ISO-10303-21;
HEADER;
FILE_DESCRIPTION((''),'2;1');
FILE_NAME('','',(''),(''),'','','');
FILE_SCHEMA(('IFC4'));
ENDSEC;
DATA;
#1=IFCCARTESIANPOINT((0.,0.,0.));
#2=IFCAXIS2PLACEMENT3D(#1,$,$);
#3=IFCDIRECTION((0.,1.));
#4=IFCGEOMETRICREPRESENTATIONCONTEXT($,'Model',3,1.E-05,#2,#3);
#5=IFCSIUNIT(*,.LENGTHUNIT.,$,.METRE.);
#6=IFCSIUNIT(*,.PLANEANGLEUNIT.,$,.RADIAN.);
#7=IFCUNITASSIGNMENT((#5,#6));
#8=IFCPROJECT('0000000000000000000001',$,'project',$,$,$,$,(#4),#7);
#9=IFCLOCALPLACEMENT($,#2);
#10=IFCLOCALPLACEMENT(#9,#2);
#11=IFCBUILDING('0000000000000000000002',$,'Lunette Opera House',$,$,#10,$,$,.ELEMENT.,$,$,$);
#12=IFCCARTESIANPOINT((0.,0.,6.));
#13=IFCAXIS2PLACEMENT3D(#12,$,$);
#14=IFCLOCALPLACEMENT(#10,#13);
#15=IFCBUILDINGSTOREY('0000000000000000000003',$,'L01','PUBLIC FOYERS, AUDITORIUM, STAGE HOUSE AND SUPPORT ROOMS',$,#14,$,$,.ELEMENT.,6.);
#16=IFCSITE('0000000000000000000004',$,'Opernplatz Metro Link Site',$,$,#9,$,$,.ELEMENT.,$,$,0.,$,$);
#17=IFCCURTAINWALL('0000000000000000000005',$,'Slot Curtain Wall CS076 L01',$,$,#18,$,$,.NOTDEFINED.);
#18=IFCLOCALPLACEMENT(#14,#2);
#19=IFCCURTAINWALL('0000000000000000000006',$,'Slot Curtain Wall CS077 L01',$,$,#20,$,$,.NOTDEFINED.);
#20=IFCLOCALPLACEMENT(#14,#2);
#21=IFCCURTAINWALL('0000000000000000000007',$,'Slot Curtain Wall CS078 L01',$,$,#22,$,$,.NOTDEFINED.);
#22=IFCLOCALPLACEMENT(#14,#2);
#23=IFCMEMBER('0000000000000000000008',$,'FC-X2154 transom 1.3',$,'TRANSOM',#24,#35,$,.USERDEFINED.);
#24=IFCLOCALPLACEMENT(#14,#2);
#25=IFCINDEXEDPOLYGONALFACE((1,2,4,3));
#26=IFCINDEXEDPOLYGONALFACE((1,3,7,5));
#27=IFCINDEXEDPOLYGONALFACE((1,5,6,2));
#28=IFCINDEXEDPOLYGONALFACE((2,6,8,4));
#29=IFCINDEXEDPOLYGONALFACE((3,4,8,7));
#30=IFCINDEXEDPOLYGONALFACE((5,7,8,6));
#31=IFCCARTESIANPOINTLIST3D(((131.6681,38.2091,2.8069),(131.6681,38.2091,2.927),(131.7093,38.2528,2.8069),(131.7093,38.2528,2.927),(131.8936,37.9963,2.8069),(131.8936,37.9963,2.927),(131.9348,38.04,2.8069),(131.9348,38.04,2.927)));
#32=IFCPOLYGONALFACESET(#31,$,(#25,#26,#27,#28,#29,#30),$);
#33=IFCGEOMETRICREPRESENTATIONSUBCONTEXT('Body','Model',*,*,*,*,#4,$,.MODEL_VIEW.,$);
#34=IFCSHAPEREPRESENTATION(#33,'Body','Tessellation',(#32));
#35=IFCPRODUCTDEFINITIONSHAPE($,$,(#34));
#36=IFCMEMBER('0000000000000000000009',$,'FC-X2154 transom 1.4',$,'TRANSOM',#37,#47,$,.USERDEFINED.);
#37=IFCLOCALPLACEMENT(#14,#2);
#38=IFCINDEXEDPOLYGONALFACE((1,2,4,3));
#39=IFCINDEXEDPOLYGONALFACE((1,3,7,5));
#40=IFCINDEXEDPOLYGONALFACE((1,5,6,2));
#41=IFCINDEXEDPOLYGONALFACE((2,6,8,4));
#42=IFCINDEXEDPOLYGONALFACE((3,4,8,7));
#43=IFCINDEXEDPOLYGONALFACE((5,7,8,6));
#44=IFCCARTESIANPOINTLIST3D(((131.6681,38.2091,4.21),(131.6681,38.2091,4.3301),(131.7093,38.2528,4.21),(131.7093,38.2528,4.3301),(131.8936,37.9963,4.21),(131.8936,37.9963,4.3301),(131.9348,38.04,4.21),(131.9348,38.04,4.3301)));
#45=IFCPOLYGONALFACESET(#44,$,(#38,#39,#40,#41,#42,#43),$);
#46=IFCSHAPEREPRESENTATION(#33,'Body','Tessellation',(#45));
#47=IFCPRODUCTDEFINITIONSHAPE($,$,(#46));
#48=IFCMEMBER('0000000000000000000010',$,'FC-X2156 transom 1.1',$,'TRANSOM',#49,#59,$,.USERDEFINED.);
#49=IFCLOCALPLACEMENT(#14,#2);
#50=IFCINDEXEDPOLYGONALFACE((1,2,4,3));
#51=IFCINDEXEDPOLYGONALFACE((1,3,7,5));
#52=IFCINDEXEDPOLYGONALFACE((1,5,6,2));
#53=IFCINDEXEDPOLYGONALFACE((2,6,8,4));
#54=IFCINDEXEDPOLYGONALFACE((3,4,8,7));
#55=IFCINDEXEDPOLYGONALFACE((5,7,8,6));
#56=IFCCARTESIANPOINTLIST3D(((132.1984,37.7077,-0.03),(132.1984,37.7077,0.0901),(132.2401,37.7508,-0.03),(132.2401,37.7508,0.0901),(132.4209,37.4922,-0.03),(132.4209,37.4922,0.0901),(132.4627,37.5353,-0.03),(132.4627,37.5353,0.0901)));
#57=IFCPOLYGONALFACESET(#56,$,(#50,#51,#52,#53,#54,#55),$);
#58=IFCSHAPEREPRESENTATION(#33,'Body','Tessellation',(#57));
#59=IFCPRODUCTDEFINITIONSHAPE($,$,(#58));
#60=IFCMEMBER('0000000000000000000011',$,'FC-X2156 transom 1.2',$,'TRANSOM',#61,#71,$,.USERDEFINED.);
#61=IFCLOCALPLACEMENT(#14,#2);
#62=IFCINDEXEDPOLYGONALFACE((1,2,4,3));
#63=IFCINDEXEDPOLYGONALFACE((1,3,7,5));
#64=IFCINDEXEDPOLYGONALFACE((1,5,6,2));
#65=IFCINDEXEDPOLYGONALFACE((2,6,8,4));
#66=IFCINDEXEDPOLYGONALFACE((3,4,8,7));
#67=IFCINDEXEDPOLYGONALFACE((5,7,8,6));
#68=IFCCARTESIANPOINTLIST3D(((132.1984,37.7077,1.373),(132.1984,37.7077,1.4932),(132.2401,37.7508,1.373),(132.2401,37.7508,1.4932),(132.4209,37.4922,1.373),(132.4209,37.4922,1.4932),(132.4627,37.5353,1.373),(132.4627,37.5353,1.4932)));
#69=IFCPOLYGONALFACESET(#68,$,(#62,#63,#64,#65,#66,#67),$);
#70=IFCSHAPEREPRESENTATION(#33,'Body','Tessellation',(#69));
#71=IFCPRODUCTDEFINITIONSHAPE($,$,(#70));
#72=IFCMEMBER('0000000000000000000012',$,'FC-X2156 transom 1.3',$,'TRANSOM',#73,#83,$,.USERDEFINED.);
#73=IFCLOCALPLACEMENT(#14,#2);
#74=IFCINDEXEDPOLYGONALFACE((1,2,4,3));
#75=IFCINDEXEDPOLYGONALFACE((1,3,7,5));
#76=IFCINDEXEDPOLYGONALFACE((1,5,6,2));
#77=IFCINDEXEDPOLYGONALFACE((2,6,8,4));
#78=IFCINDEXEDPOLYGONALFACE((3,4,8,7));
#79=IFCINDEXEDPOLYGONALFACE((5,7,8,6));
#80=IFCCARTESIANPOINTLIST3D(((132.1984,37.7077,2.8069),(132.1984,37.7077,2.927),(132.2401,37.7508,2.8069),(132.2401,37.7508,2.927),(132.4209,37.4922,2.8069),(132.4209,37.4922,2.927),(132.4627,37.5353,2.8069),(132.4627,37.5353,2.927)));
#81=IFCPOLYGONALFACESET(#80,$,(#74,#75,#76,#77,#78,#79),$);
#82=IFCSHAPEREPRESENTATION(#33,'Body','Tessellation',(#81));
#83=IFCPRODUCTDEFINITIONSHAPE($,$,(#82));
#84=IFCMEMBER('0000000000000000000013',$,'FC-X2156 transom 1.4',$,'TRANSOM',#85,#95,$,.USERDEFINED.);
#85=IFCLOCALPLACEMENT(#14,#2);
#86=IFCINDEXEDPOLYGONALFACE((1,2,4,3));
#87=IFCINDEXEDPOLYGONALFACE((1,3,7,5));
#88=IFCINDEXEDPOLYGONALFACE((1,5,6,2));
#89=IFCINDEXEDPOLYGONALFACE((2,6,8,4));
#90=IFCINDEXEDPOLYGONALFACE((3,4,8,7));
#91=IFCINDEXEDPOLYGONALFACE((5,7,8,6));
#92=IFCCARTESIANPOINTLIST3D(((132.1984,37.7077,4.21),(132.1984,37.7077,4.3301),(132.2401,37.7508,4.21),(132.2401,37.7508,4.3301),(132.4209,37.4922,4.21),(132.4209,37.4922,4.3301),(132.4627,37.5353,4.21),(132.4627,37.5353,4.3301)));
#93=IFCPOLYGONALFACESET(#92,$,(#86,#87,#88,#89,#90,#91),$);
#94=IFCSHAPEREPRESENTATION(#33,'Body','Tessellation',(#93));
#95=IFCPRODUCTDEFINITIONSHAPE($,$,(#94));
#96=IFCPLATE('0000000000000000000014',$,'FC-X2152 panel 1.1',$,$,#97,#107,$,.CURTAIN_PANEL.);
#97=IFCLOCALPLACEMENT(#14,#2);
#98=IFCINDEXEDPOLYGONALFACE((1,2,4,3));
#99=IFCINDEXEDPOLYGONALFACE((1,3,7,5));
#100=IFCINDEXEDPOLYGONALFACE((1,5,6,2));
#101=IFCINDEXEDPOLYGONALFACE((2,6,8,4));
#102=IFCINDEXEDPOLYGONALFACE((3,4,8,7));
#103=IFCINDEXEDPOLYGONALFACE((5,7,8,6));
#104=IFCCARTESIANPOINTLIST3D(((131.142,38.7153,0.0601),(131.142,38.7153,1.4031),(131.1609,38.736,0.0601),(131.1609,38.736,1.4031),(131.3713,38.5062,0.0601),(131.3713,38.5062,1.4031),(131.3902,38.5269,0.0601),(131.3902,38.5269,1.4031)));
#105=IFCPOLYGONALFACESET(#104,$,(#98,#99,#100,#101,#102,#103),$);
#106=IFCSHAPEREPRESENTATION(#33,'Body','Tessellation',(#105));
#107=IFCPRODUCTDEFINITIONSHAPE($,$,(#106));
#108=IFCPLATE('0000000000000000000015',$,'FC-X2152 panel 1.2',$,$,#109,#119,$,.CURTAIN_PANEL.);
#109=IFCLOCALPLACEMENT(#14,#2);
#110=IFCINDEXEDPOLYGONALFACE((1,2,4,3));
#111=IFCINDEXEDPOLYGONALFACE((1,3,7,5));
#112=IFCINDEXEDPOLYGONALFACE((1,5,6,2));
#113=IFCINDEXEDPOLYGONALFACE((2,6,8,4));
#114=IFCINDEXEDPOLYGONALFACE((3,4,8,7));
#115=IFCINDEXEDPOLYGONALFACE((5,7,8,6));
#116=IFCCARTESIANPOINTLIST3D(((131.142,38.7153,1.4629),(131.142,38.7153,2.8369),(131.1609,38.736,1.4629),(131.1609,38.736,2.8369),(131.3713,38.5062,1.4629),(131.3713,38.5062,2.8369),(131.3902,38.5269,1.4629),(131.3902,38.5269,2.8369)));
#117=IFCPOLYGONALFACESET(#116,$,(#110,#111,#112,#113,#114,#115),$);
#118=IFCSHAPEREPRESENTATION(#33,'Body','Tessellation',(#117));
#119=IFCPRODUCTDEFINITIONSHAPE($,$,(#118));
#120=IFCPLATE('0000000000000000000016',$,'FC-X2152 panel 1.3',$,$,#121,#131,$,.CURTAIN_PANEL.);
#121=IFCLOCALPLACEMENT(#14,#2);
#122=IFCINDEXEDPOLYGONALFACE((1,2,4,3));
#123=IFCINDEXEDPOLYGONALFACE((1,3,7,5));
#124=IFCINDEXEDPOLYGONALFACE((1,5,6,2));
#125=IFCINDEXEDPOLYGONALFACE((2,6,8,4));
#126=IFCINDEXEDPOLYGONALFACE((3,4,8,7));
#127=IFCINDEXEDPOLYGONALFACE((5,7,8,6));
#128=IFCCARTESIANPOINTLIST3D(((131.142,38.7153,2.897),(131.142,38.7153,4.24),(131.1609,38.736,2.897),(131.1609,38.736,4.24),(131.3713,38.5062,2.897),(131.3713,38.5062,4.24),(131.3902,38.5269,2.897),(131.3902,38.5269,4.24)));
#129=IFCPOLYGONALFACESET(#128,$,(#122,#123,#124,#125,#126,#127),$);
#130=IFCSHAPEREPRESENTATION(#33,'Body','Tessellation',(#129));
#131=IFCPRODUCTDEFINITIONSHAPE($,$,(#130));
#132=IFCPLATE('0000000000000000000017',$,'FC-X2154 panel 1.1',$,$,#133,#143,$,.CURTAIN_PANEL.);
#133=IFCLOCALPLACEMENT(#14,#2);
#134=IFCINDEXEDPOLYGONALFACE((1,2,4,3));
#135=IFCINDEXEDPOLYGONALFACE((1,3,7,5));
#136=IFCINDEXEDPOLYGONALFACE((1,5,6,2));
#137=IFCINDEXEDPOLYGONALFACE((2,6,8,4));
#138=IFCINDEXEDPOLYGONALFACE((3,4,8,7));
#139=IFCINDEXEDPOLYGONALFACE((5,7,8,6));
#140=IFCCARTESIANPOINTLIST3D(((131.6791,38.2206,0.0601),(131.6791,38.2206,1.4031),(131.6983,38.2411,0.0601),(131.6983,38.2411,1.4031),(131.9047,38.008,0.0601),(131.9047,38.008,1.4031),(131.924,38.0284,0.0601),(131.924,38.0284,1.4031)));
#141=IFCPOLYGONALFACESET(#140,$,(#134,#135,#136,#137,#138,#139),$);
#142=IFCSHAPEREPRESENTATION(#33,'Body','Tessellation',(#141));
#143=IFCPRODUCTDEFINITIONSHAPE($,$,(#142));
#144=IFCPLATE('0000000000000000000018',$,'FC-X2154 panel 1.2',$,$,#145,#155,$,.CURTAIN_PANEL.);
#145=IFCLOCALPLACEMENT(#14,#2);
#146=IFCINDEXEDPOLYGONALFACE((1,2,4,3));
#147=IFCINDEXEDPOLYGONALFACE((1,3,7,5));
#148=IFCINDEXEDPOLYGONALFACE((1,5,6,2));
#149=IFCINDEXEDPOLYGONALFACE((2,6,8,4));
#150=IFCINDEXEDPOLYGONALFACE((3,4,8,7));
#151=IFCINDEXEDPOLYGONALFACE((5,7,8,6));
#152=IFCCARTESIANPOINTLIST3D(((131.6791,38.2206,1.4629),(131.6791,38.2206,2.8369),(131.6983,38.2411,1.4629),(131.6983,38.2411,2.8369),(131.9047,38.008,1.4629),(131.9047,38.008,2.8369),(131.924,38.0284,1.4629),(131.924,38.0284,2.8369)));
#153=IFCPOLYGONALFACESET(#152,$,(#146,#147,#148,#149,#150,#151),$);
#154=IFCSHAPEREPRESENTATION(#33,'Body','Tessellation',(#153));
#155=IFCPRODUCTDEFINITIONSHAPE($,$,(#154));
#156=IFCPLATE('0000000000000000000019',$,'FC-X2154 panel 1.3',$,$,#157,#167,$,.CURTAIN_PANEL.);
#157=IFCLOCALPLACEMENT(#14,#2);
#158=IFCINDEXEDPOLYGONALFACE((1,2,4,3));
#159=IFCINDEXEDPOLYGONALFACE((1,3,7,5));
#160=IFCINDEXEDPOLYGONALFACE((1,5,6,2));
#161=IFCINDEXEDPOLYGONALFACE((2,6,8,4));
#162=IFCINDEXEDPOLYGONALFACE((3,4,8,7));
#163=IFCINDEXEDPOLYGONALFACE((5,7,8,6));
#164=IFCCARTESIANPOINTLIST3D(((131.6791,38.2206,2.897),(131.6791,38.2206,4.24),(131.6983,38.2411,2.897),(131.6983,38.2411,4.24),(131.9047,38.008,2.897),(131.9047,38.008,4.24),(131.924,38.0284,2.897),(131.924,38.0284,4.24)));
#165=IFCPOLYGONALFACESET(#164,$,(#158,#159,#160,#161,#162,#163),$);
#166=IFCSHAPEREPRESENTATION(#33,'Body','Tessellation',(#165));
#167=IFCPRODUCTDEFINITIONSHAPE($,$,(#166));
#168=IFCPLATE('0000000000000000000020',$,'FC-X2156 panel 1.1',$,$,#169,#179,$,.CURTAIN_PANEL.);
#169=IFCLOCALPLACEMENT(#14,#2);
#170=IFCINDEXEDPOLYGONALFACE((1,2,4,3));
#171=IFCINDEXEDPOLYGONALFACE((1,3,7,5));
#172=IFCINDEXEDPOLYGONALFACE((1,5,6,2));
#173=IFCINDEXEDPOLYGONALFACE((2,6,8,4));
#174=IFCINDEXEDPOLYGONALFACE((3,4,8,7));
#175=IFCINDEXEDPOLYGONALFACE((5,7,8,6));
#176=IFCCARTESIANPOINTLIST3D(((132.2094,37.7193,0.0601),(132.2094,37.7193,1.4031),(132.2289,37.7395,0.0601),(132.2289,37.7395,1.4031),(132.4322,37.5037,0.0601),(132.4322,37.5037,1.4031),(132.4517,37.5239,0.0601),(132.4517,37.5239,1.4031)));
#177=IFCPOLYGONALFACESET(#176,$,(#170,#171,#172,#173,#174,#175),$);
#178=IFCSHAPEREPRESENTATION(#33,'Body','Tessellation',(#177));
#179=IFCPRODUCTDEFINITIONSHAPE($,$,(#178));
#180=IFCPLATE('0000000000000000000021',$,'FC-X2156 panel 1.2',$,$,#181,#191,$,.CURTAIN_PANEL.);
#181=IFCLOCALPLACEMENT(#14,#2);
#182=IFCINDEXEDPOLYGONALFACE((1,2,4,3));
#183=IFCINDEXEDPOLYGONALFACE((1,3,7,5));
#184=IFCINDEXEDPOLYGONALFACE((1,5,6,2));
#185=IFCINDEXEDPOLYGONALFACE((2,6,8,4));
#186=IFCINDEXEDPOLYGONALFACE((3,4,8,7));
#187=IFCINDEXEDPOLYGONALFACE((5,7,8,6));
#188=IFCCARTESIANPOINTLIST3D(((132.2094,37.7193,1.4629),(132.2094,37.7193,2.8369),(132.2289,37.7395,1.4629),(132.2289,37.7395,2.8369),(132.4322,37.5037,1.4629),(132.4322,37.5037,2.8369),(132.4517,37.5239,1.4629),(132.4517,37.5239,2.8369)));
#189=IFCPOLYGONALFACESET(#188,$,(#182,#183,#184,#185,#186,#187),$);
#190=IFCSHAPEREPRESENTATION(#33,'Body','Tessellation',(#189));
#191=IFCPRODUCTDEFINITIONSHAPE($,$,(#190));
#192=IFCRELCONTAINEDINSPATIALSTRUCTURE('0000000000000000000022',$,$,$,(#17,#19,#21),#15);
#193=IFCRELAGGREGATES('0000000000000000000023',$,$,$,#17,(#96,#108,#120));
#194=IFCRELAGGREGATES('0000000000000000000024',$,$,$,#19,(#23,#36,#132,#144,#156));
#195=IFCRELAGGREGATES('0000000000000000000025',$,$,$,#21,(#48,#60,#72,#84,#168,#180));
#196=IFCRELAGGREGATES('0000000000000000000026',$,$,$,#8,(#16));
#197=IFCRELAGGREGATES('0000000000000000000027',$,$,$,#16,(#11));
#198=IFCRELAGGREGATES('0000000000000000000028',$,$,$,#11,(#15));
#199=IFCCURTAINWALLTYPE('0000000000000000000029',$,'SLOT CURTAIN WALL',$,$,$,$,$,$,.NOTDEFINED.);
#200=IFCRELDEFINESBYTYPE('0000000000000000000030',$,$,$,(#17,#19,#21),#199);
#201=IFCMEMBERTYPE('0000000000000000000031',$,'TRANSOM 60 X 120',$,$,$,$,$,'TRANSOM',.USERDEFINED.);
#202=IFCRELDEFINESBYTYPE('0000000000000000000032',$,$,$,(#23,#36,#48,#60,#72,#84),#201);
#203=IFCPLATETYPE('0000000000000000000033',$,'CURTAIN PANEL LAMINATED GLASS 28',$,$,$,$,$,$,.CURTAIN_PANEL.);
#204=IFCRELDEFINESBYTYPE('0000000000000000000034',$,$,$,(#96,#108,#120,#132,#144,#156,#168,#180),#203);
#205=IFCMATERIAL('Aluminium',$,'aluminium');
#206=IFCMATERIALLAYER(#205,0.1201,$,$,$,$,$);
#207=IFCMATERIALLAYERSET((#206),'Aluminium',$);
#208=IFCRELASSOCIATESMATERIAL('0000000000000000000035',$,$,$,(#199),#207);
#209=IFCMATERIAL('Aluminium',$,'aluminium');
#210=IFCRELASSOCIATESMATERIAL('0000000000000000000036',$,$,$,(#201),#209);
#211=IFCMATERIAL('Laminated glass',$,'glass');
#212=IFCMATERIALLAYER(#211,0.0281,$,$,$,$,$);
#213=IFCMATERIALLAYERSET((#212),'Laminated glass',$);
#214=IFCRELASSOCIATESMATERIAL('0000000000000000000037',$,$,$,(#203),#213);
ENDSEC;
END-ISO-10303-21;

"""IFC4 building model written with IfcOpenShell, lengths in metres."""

from ifc_helpers import new_model, si_unit, direction, frame, origin, origin_2d, place, context, subcontext, project, spatial, rectangle, extrude, material, layer, layer_set, material_profile, profile_set, type_object, element, aggregate, save


model = new_model("IFC4")

# Units and contexts
model_context = context("Model", 3, precision=1e-05, world=origin(), true_north=direction((0.0, 1.0)))
body_context = subcontext(model_context, "Body", "Model", "MODEL_VIEW")
ifc_project = project(units=[si_unit("LENGTHUNIT", "METRE"), si_unit("PLANEANGLEUNIT", "RADIAN")], contexts=[model_context])

# Site, building, storey
site_placement = place(None, origin())
site = spatial("IfcSite", under=ifc_project, at=site_placement, Name="Opernplatz Metro Link Site", CompositionType="ELEMENT", RefElevation=0.0)
building_placement = place(site_placement, origin())
building = spatial("IfcBuilding", under=site, at=building_placement, Name="Lunette Opera House", CompositionType="ELEMENT")
storey_placement = place(building_placement, frame((0.0, 0.0, 6.0)))
storey = spatial("IfcBuildingStorey", under=building, at=storey_placement, Name="L01", Description="PUBLIC FOYERS, AUDITORIUM, STAGE HOUSE AND SUPPORT ROOMS", CompositionType="ELEMENT", Elevation=6.0)

# Curtain walls
ifc_material_1 = material(Name="Aluminium", Category="aluminium")
ifc_layer_1 = layer(ifc_material_1, 0.1201)
ifc_layer_set_1 = layer_set([ifc_layer_1], Name="Aluminium")
curtain_wall_type = type_object("IfcCurtainWallType", Name="SLOT CURTAIN WALL", PredefinedType="NOTDEFINED", material=ifc_layer_set_1)
curtain_wall_1_placement = place(storey_placement, origin())
curtain_wall_1 = element("IfcCurtainWall", 1, at=curtain_wall_1_placement, inside=storey, type_object=curtain_wall_type, Name="Slot Curtain Wall CS076 L01", PredefinedType="NOTDEFINED")
curtain_wall_2_placement = place(storey_placement, origin())
curtain_wall_2 = element("IfcCurtainWall", 2, at=curtain_wall_2_placement, inside=storey, type_object=curtain_wall_type, Name="Slot Curtain Wall CS077 L01", PredefinedType="NOTDEFINED")

# Curtain wall
curtain_wall_3_placement = place(storey_placement, origin())
curtain_wall_3 = element("IfcCurtainWall", 3, at=curtain_wall_3_placement, inside=storey, type_object=curtain_wall_type, Name="Slot Curtain Wall CS078 L01", PredefinedType="NOTDEFINED")

# Members
ifc_material_2 = material(Name="Aluminium", Category="aluminium")
ifc_material_profile_1 = material_profile(ifc_material_2, rectangle(XDim=0.0601, YDim=0.1201, at=origin_2d()), Name="TRANSOM 60 X 120")
ifc_profile_set_1 = profile_set([ifc_material_profile_1], Name="Aluminium")
member_type_1 = type_object("IfcMemberType", Name="TRANSOM 60 X 120", ElementType="TRANSOM", PredefinedType="USERDEFINED", material=ifc_profile_set_1)
member_1_placement = place(storey_placement, frame((131.6887, 38.231, 2.8669), z_axis=(0.727275, -0.686346, 0.0), x_axis=(0.686346, 0.727275, 0.0)))
member_1 = element("IfcMember", 4, at=member_1_placement, type_object=member_type_1, Name="FC-X2154 transom 1.3", ObjectType="TRANSOM", PredefinedType="USERDEFINED", context=body_context, shape_type="SweptSolid", body=[
    extrude(rectangle(XDim=0.0601, YDim=0.1201, at=origin_2d()), origin(), (0.0, 0.0, 1.0), 0.3101),
])
member_2_placement = place(storey_placement, frame((131.6887, 38.231, 4.27), z_axis=(0.727275, -0.686346, 0.0), x_axis=(0.686346, 0.727275, 0.0)))
member_2 = element("IfcMember", 5, at=member_2_placement, type_object=member_type_1, Name="FC-X2154 transom 1.4", ObjectType="TRANSOM", PredefinedType="USERDEFINED", context=body_context, shape_type="SweptSolid", body=[
    extrude(rectangle(XDim=0.0601, YDim=0.1201, at=origin_2d()), origin(), (0.0, 0.0, 1.0), 0.3101),
])
member_3_placement = place(storey_placement, frame((132.2192, 37.7292, 0.03), z_axis=(0.718437, -0.695592, 0.0), x_axis=(0.695592, 0.718437, 0.0)))
member_3 = element("IfcMember", 6, at=member_3_placement, type_object=member_type_1, Name="FC-X2156 transom 1.1", ObjectType="TRANSOM", PredefinedType="USERDEFINED", context=body_context, shape_type="SweptSolid", body=[
    extrude(rectangle(XDim=0.0601, YDim=0.1201, at=origin_2d()), origin(), (0.0, 0.0, 1.0), 0.3098),
])
member_4_placement = place(storey_placement, frame((132.2192, 37.7292, 1.4331), z_axis=(0.718437, -0.695592, 0.0), x_axis=(0.695592, 0.718437, 0.0)))
member_4 = element("IfcMember", 7, at=member_4_placement, type_object=member_type_1, Name="FC-X2156 transom 1.2", ObjectType="TRANSOM", PredefinedType="USERDEFINED", context=body_context, shape_type="SweptSolid", body=[
    extrude(rectangle(XDim=0.0601, YDim=0.1201, at=origin_2d()), origin(), (0.0, 0.0, 1.0), 0.3098),
])
member_5_placement = place(storey_placement, frame((132.2192, 37.7292, 2.8669), z_axis=(0.718437, -0.695592, 0.0), x_axis=(0.695592, 0.718437, 0.0)))
member_5 = element("IfcMember", 8, at=member_5_placement, type_object=member_type_1, Name="FC-X2156 transom 1.3", ObjectType="TRANSOM", PredefinedType="USERDEFINED", context=body_context, shape_type="SweptSolid", body=[
    extrude(rectangle(XDim=0.0601, YDim=0.1201, at=origin_2d()), origin(), (0.0, 0.0, 1.0), 0.3098),
])
member_6_placement = place(storey_placement, frame((132.2192, 37.7292, 4.27), z_axis=(0.718437, -0.695592, 0.0), x_axis=(0.695592, 0.718437, 0.0)))
member_6 = element("IfcMember", 9, at=member_6_placement, type_object=member_type_1, Name="FC-X2156 transom 1.4", ObjectType="TRANSOM", PredefinedType="USERDEFINED", context=body_context, shape_type="SweptSolid", body=[
    extrude(rectangle(XDim=0.0601, YDim=0.1201, at=origin_2d()), origin(), (0.0, 0.0, 1.0), 0.3098),
])

# Plates
ifc_material_3 = material(Name="Laminated glass", Category="glass")
ifc_layer_2 = layer(ifc_material_3, 0.0281)
ifc_layer_set_2 = layer_set([ifc_layer_2], Name="Laminated glass")
plate_type = type_object("IfcPlateType", Name="CURTAIN PANEL LAMINATED GLASS 28", PredefinedType="CURTAIN_PANEL", material=ifc_layer_set_2)
plate_1_placement = place(storey_placement, frame((131.2661, 38.6211, 0.0601), z_axis=(0.0, 0.0, 1.0), x_axis=(0.738888, -0.673828, 0.0)))
plate_1 = element("IfcPlate", 10, at=plate_1_placement, type_object=plate_type, Name="FC-X2152 panel 1.1", PredefinedType="CURTAIN_PANEL", context=body_context, shape_type="SweptSolid", body=[
    extrude(rectangle(XDim=0.3103, YDim=0.0281, at=origin_2d()), origin(), (0.0, 0.0, 1.0), 1.343),
])
plate_2_placement = place(storey_placement, frame((131.2661, 38.6211, 1.4629), z_axis=(0.0, 0.0, 1.0), x_axis=(0.738888, -0.673828, 0.0)))
plate_2 = element("IfcPlate", 11, at=plate_2_placement, type_object=plate_type, Name="FC-X2152 panel 1.2", PredefinedType="CURTAIN_PANEL", context=body_context, shape_type="SweptSolid", body=[
    extrude(rectangle(XDim=0.3103, YDim=0.0281, at=origin_2d()), origin(), (0.0, 0.0, 1.0), 1.374),
])
plate_3_placement = place(storey_placement, frame((131.2661, 38.6211, 2.897), z_axis=(0.0, 0.0, 1.0), x_axis=(0.738888, -0.673828, 0.0)))
plate_3 = element("IfcPlate", 12, at=plate_3_placement, type_object=plate_type, Name="FC-X2152 panel 1.3", PredefinedType="CURTAIN_PANEL", context=body_context, shape_type="SweptSolid", body=[
    extrude(rectangle(XDim=0.3103, YDim=0.0281, at=origin_2d()), origin(), (0.0, 0.0, 1.0), 1.343),
])
aggregate(curtain_wall_1, [plate_1, plate_2, plate_3])
plate_4_placement = place(storey_placement, frame((131.8015, 38.1245, 0.0601), z_axis=(0.0, 0.0, 1.0), x_axis=(0.727722, -0.685872, 0.0)))
plate_4 = element("IfcPlate", 13, at=plate_4_placement, type_object=plate_type, Name="FC-X2154 panel 1.1", PredefinedType="CURTAIN_PANEL", context=body_context, shape_type="SweptSolid", body=[
    extrude(rectangle(XDim=0.3101, YDim=0.0281, at=origin_2d()), origin(), (0.0, 0.0, 1.0), 1.343),
])
plate_5_placement = place(storey_placement, frame((131.8015, 38.1245, 1.4629), z_axis=(0.0, 0.0, 1.0), x_axis=(0.727722, -0.685872, 0.0)))
plate_5 = element("IfcPlate", 14, at=plate_5_placement, type_object=plate_type, Name="FC-X2154 panel 1.2", PredefinedType="CURTAIN_PANEL", context=body_context, shape_type="SweptSolid", body=[
    extrude(rectangle(XDim=0.3101, YDim=0.0281, at=origin_2d()), origin(), (0.0, 0.0, 1.0), 1.374),
])
plate_6_placement = place(storey_placement, frame((131.8015, 38.1245, 2.897), z_axis=(0.0, 0.0, 1.0), x_axis=(0.727722, -0.685872, 0.0)))
plate_6 = element("IfcPlate", 15, at=plate_6_placement, type_object=plate_type, Name="FC-X2154 panel 1.3", PredefinedType="CURTAIN_PANEL", context=body_context, shape_type="SweptSolid", body=[
    extrude(rectangle(XDim=0.3101, YDim=0.0281, at=origin_2d()), origin(), (0.0, 0.0, 1.0), 1.343),
])
aggregate(curtain_wall_2, [member_1, member_2, plate_4, plate_5, plate_6])
plate_7_placement = place(storey_placement, frame((132.3306, 37.6216, 0.0601), z_axis=(0.0, 0.0, 1.0), x_axis=(0.71864, -0.695383, 0.0)))
plate_7 = element("IfcPlate", 16, at=plate_7_placement, type_object=plate_type, Name="FC-X2156 panel 1.1", PredefinedType="CURTAIN_PANEL", context=body_context, shape_type="SweptSolid", body=[
    extrude(rectangle(XDim=0.3101, YDim=0.0281, at=origin_2d()), origin(), (0.0, 0.0, 1.0), 1.343),
])
plate_8_placement = place(storey_placement, frame((132.3306, 37.6216, 1.4629), z_axis=(0.0, 0.0, 1.0), x_axis=(0.71864, -0.695383, 0.0)))
plate_8 = element("IfcPlate", 17, at=plate_8_placement, type_object=plate_type, Name="FC-X2156 panel 1.2", PredefinedType="CURTAIN_PANEL", context=body_context, shape_type="SweptSolid", body=[
    extrude(rectangle(XDim=0.3101, YDim=0.0281, at=origin_2d()), origin(), (0.0, 0.0, 1.0), 1.374),
])
aggregate(curtain_wall_3, [member_3, member_4, member_5, member_6, plate_7, plate_8])

save(model, "model.ifc")
